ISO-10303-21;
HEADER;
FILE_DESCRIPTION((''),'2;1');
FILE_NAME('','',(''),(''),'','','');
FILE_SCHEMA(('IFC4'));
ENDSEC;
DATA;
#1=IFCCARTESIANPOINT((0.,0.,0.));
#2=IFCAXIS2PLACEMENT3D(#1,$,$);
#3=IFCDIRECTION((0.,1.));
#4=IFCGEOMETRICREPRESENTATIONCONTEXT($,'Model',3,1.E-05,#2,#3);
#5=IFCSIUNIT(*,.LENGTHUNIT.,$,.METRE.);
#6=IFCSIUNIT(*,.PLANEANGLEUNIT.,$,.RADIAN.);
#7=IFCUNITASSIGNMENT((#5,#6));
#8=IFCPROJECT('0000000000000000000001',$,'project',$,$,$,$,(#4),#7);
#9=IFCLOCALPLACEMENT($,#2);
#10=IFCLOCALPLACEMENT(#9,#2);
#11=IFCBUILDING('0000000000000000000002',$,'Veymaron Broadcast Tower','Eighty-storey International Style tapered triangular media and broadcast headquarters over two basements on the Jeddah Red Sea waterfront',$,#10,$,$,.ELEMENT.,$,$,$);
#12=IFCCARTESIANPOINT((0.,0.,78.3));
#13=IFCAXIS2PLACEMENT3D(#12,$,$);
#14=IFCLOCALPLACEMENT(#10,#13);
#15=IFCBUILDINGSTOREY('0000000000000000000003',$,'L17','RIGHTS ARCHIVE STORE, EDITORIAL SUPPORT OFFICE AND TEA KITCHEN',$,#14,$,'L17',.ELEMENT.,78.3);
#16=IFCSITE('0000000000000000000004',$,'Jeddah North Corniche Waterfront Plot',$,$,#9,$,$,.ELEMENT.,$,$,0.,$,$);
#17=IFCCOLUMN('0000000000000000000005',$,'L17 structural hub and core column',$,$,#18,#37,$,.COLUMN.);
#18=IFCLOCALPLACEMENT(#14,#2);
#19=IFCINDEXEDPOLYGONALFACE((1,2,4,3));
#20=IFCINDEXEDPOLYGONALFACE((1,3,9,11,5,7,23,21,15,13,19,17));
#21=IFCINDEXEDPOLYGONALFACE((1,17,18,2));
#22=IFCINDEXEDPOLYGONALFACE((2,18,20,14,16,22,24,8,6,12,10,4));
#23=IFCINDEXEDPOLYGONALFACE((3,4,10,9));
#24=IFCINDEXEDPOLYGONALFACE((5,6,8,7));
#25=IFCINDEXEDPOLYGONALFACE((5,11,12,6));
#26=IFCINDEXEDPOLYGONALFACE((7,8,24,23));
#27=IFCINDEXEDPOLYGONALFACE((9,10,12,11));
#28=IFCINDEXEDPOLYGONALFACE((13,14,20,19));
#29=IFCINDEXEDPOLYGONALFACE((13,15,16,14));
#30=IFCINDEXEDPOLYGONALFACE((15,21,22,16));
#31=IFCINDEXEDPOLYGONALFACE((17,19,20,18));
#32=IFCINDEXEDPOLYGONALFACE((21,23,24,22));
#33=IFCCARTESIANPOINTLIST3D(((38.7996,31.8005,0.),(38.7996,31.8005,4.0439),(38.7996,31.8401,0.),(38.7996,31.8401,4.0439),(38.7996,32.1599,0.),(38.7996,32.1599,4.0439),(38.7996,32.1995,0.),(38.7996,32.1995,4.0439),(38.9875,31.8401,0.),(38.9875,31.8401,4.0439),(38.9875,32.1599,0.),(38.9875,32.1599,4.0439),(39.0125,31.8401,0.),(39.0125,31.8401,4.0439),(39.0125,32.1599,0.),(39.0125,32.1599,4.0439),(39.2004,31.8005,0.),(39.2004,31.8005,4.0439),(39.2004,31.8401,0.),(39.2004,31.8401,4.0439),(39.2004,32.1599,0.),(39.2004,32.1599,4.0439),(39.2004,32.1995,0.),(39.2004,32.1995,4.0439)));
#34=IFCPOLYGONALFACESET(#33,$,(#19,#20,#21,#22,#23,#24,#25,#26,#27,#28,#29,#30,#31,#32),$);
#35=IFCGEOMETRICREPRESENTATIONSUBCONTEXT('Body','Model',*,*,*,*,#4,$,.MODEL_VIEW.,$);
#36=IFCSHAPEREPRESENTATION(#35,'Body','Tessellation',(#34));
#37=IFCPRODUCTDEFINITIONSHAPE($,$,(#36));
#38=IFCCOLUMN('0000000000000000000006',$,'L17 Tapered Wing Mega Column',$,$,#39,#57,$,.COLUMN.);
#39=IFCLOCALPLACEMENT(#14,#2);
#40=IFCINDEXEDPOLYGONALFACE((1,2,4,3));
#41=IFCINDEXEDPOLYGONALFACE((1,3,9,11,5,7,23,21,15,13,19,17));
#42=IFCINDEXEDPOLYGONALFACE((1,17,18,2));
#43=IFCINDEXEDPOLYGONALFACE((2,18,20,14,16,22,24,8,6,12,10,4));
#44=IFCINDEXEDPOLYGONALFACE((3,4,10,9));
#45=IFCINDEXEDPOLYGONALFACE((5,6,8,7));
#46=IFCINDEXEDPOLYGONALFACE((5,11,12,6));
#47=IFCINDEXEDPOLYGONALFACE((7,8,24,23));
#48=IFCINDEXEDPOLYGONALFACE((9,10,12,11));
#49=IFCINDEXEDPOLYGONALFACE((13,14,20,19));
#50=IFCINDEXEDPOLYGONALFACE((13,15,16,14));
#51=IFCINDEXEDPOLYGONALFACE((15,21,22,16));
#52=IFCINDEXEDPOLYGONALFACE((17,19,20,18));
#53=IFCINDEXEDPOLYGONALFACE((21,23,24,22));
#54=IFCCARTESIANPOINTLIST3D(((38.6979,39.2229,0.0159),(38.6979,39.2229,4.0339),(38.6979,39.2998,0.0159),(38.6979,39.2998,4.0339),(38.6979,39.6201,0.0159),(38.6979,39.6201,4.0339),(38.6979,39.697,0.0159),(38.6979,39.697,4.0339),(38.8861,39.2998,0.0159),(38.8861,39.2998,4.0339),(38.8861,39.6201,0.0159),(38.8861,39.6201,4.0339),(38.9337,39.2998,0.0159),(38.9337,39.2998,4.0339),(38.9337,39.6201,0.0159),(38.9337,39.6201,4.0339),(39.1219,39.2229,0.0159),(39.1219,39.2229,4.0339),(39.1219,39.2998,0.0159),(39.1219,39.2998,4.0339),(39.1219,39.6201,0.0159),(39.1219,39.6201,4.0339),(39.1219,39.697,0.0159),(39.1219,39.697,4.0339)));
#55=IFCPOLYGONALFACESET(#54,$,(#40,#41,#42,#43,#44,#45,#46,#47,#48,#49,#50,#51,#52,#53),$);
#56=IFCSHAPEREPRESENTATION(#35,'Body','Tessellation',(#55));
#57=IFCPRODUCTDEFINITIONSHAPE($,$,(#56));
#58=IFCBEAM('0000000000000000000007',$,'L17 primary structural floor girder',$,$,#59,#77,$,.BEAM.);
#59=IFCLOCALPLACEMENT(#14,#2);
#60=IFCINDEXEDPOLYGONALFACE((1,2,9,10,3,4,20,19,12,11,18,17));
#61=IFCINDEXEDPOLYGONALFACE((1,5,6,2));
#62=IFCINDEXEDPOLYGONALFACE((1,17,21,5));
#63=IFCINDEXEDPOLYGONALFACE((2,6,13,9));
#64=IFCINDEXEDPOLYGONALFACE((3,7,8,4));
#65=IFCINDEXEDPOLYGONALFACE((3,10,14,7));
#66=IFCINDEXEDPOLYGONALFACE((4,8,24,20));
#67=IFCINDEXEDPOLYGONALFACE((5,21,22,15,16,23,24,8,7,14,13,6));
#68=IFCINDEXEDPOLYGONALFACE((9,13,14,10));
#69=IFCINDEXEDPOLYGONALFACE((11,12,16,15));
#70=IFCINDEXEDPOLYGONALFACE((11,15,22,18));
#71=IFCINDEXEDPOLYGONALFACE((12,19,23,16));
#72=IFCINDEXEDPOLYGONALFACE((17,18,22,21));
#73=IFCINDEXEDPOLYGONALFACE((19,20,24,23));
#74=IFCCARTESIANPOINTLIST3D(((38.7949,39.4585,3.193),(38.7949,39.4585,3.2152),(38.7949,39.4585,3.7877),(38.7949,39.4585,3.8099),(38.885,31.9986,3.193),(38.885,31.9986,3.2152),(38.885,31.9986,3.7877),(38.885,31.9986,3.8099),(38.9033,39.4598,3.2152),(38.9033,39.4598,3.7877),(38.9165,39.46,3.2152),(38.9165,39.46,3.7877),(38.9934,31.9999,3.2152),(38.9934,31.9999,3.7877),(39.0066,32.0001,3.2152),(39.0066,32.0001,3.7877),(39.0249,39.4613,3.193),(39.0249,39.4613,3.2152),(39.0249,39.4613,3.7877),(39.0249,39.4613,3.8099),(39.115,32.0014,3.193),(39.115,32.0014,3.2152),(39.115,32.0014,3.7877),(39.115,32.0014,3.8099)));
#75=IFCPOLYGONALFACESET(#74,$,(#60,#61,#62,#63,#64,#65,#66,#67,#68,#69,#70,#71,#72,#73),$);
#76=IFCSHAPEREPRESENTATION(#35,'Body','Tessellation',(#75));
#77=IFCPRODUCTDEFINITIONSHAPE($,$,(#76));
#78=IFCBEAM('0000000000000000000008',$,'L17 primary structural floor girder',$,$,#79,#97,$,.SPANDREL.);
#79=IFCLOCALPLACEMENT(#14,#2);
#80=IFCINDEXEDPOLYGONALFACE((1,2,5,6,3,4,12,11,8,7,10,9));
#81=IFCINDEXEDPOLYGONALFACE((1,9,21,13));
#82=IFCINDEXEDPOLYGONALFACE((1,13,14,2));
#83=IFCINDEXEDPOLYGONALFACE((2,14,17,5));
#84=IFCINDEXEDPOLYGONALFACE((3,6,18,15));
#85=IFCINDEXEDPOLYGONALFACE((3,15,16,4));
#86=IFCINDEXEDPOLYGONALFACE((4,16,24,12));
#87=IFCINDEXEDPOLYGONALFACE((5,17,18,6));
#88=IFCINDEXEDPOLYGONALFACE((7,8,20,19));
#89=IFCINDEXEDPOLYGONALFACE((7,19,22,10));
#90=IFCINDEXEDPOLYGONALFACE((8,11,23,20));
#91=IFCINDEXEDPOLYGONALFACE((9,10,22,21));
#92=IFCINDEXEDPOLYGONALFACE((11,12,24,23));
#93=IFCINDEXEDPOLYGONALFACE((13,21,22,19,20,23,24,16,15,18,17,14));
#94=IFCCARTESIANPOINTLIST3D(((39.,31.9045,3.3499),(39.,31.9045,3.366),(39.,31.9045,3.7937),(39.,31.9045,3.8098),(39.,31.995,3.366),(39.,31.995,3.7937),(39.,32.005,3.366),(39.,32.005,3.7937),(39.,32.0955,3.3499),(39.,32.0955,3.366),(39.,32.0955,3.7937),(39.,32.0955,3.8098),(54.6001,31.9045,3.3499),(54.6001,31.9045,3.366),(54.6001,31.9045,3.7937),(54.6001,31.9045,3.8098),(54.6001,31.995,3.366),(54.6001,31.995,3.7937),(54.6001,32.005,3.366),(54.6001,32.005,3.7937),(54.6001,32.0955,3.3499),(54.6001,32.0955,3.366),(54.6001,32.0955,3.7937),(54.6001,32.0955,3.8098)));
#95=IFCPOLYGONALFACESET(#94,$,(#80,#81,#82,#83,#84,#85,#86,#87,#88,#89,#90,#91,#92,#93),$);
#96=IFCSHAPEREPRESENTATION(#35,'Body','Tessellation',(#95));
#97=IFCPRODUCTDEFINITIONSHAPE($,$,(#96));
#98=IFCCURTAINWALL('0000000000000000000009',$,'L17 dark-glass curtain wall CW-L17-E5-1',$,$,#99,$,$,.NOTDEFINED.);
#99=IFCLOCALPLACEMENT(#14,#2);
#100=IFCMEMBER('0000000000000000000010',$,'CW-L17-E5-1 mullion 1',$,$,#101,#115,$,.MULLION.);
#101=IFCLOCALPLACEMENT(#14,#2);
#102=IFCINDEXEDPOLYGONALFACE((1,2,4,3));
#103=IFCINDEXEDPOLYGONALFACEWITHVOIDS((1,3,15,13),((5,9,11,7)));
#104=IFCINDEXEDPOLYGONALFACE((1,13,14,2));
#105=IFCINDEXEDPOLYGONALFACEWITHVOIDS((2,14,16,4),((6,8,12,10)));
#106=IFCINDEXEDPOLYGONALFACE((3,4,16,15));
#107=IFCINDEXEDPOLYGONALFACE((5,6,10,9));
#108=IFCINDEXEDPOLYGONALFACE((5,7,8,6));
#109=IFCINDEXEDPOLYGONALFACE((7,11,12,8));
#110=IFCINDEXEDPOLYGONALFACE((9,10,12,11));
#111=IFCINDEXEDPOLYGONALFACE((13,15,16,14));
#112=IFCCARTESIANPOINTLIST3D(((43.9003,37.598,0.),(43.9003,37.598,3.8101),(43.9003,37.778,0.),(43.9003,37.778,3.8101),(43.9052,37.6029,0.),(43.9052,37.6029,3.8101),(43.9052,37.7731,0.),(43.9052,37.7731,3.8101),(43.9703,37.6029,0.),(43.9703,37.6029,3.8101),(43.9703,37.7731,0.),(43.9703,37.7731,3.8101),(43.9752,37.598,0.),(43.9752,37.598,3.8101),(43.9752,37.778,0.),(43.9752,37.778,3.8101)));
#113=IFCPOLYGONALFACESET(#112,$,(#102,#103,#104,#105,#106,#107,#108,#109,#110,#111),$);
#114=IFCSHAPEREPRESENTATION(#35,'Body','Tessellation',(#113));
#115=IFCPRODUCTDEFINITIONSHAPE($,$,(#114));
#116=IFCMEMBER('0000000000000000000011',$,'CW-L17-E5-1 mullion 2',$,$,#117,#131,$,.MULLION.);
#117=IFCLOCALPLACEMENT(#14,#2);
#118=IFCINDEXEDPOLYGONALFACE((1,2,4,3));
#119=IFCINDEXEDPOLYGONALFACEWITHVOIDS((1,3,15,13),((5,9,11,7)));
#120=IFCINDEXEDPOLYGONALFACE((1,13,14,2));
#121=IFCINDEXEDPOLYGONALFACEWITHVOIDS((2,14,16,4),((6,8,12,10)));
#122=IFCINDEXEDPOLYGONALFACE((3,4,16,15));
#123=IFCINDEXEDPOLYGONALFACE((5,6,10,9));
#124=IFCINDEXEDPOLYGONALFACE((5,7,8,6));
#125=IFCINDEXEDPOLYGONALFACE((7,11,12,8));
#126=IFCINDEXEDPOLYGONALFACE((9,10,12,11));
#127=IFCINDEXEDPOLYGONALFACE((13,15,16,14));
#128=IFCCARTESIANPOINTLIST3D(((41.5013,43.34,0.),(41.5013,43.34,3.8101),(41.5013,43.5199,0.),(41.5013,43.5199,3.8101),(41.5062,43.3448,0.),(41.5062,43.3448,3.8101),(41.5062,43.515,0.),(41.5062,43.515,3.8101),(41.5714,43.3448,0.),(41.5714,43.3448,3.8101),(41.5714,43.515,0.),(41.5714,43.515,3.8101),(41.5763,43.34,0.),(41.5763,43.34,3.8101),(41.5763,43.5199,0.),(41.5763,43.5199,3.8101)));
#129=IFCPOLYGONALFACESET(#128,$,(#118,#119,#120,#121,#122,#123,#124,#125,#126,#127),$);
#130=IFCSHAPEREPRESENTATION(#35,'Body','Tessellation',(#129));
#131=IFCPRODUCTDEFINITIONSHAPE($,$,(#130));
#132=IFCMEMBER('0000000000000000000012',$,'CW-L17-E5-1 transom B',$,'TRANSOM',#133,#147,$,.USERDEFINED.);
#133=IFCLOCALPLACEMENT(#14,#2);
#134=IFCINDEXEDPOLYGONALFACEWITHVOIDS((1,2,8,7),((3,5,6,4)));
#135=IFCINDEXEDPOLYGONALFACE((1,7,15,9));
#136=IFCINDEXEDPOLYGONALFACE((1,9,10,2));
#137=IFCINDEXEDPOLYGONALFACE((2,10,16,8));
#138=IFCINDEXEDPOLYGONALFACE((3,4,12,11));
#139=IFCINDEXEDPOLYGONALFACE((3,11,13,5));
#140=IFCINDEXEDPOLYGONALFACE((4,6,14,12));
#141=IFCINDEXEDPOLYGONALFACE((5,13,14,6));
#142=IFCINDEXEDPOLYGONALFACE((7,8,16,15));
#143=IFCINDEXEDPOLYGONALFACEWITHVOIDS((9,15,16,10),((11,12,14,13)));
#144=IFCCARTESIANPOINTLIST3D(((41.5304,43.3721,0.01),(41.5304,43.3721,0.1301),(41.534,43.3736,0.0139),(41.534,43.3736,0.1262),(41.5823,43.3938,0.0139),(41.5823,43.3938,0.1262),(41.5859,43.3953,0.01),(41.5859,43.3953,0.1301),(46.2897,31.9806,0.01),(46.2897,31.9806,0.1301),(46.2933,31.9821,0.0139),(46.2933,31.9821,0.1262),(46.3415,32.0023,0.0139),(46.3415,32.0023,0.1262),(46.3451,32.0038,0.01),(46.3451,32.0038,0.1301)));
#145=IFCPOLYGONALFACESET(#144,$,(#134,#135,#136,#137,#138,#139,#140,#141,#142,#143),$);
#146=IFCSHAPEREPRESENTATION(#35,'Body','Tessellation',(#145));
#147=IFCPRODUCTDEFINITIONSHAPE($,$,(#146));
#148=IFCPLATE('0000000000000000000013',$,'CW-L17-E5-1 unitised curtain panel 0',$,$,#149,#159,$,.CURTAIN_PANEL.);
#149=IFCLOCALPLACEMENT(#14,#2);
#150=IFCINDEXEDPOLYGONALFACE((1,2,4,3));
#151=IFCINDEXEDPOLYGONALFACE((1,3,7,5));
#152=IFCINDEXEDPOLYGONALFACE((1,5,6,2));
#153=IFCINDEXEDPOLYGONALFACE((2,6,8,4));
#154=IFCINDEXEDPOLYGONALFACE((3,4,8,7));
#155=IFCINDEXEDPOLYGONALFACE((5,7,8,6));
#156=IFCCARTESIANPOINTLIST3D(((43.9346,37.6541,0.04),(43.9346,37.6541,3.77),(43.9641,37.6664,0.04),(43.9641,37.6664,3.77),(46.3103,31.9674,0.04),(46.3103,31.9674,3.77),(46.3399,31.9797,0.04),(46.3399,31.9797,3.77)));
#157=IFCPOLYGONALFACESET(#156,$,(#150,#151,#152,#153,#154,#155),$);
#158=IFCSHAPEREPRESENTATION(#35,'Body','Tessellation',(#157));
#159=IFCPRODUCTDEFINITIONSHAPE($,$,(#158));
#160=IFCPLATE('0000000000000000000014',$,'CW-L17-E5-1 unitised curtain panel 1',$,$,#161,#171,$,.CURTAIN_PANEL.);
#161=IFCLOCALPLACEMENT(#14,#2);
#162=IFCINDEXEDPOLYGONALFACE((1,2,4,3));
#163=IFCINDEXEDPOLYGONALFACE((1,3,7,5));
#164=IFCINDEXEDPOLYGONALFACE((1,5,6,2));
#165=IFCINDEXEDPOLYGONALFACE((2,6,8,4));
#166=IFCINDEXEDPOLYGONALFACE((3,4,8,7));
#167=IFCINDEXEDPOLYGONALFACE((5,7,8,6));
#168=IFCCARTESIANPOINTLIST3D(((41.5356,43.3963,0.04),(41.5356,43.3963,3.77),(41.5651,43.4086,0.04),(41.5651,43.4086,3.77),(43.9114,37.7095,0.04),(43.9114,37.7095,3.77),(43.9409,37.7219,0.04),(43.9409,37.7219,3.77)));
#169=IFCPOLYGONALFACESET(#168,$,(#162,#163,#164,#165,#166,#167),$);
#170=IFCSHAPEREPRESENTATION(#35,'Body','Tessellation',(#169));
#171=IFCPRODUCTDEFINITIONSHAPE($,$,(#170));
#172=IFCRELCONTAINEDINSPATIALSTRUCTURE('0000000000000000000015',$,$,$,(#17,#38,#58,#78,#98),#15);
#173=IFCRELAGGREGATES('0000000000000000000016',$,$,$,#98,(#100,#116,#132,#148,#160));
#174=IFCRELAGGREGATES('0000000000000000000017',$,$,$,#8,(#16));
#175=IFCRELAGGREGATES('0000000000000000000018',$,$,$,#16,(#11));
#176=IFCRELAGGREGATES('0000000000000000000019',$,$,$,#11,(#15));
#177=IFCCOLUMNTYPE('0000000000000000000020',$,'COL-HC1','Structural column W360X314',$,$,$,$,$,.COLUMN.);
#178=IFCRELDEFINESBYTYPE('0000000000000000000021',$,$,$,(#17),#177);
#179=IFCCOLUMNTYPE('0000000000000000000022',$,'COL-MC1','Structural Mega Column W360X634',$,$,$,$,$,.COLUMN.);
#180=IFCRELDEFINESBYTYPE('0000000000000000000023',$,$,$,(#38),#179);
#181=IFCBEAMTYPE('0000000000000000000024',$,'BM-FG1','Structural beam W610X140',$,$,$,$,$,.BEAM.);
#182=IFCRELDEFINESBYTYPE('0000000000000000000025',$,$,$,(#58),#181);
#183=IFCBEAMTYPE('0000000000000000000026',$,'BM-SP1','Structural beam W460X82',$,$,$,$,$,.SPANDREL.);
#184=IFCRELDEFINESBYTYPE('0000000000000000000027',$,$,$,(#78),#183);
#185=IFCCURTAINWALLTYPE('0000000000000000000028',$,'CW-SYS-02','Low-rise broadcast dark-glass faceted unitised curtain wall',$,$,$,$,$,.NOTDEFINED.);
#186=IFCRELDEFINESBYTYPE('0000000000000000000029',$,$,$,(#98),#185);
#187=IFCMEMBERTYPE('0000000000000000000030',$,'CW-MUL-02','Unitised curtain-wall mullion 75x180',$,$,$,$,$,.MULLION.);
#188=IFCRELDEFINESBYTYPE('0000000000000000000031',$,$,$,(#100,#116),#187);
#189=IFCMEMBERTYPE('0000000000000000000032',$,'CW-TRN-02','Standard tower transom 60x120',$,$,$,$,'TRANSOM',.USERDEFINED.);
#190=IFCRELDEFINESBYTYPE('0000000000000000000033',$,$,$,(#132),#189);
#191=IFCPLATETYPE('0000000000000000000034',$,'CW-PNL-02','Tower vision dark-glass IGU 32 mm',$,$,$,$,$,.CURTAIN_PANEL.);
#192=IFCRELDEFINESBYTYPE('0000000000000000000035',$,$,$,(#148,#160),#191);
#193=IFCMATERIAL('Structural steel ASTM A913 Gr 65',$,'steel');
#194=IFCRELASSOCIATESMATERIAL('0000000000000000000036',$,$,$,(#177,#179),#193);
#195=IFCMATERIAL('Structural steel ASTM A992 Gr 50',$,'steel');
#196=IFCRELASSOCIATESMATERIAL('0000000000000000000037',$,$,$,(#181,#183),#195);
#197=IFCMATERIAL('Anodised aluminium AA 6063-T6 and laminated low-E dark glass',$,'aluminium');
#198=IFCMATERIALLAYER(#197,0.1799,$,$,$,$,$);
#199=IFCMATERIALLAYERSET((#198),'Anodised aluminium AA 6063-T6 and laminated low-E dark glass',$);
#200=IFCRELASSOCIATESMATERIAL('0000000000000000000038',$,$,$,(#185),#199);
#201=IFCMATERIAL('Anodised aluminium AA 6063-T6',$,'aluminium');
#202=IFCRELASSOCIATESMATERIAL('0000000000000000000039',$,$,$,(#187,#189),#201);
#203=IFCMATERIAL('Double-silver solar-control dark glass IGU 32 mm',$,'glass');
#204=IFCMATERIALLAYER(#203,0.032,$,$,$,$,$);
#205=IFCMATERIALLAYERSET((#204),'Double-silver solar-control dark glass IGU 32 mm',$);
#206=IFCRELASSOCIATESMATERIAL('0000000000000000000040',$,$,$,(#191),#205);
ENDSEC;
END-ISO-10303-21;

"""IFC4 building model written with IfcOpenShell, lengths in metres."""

from ifc_helpers import new_model, si_unit, direction, frame, origin, origin_2d, place, context, subcontext, project, spatial, rectangle, hollow_rectangle, i_section, extrude, material, layer, layer_set, material_profile, profile_set, type_object, element, aggregate, save


model = new_model("IFC4")

# Units and contexts
model_context = context("Model", 3, precision=1e-05, world=origin(), true_north=direction((0.0, 1.0)))
body_context = subcontext(model_context, "Body", "Model", "MODEL_VIEW")
ifc_project = project(units=[si_unit("LENGTHUNIT", "METRE"), si_unit("PLANEANGLEUNIT", "RADIAN")], contexts=[model_context])

# Site, building, storey
site_placement = place(None, origin())
site = spatial("IfcSite", under=ifc_project, at=site_placement, Name="Jeddah North Corniche Waterfront Plot", CompositionType="ELEMENT", RefElevation=0.0)
building_placement = place(site_placement, origin())
building = spatial("IfcBuilding", under=site, at=building_placement, Name="Veymaron Broadcast Tower", Description="Eighty-storey International Style tapered triangular media and broadcast headquarters over two basements on the Jeddah Red Sea waterfront", CompositionType="ELEMENT")
storey_placement = place(building_placement, frame((0.0, 0.0, 78.3)))
storey = spatial("IfcBuildingStorey", under=building, at=storey_placement, Name="L17", Description="RIGHTS ARCHIVE STORE, EDITORIAL SUPPORT OFFICE AND TEA KITCHEN", LongName="L17", CompositionType="ELEMENT", Elevation=78.3)

# Columns
ifc_material_1 = material(Name="Structural steel ASTM A913 Gr 65", Category="steel")
ifc_material_profile_1 = material_profile(ifc_material_1, i_section(OverallWidth=0.4009, OverallDepth=0.3989, WebThickness=0.0249, FlangeThickness=0.0396, at=origin_2d()), Name="W360X314")
ifc_profile_set_1 = profile_set([ifc_material_profile_1], Name="Structural steel ASTM A913 Gr 65")
column_type_1 = type_object("IfcColumnType", Name="COL-HC1", Description="Structural column W360X314", PredefinedType="COLUMN", material=ifc_profile_set_1)
column_1_placement = place(storey_placement, frame((39.0, 32.0, 0.0), z_axis=(0.0, 0.0, 1.0), x_axis=(1.0, 0.0, 0.0)))
element("IfcColumn", 1, at=column_1_placement, inside=storey, type_object=column_type_1, Name="L17 structural hub and core column", PredefinedType="COLUMN", context=body_context, shape_type="SweptSolid", body=[
    extrude(i_section(OverallWidth=0.4009, OverallDepth=0.3989, WebThickness=0.0249, FlangeThickness=0.0396, at=origin_2d()), origin(), (0.0, 0.0, 1.0), 4.0439),
])
ifc_material_profile_2 = material_profile(ifc_material_1, i_section(OverallWidth=0.4241, OverallDepth=0.4741, WebThickness=0.0476, FlangeThickness=0.0769, at=origin_2d()), Name="W360X634")
ifc_profile_set_2 = profile_set([ifc_material_profile_2], Name="Structural steel ASTM A913 Gr 65")
column_type_2 = type_object("IfcColumnType", Name="COL-MC1", Description="Structural Mega Column W360X634", PredefinedType="COLUMN", material=ifc_profile_set_2)
column_2_placement = place(storey_placement, frame((38.9099, 39.46, 0.0159), z_axis=(0.0, 0.0, 1.0), x_axis=(1.0, 0.0, 0.0)))
element("IfcColumn", 2, at=column_2_placement, inside=storey, type_object=column_type_2, Name="L17 Tapered Wing Mega Column", PredefinedType="COLUMN", context=body_context, shape_type="SweptSolid", body=[
    extrude(i_section(OverallWidth=0.4241, OverallDepth=0.4741, WebThickness=0.0476, FlangeThickness=0.0769, at=origin_2d()), origin(), (0.0, 0.0, 1.0), 4.0181),
])

# Beams
ifc_material_2 = material(Name="Structural steel ASTM A992 Gr 50", Category="steel")
ifc_material_profile_3 = material_profile(ifc_material_2, i_section(OverallWidth=0.23, OverallDepth=0.6169, WebThickness=0.0132, FlangeThickness=0.0222, at=origin_2d()), Name="W610X140")
ifc_profile_set_3 = profile_set([ifc_material_profile_3], Name="Structural steel ASTM A992 Gr 50")
beam_type_1 = type_object("IfcBeamType", Name="BM-FG1", Description="Structural beam W610X140", PredefinedType="BEAM", material=ifc_profile_set_3)
beam_1_placement = place(storey_placement, frame((39.0, 32.0, 3.5015), z_axis=(-0.012075, 0.999927, 0.0), x_axis=(-0.999927, -0.012075, 0.0)))
element("IfcBeam", 3, at=beam_1_placement, inside=storey, type_object=beam_type_1, Name="L17 primary structural floor girder", PredefinedType="BEAM", context=body_context, shape_type="SweptSolid", body=[
    extrude(i_section(OverallWidth=0.23, OverallDepth=0.6169, WebThickness=0.0132, FlangeThickness=0.0222, at=origin_2d()), origin(), (0.0, 0.0, 1.0), 7.4604),
])
ifc_material_profile_4 = material_profile(ifc_material_2, i_section(OverallWidth=0.1909, OverallDepth=0.46, WebThickness=0.01, FlangeThickness=0.0161, at=origin_2d()), Name="W460X82")
ifc_profile_set_4 = profile_set([ifc_material_profile_4], Name="Structural steel ASTM A992 Gr 50")
beam_type_2 = type_object("IfcBeamType", Name="BM-SP1", Description="Structural beam W460X82", PredefinedType="SPANDREL", material=ifc_profile_set_4)
beam_2_placement = place(storey_placement, frame((39.0, 32.0, 3.5798), z_axis=(1.0, 0.0, 0.0), x_axis=(0.0, 1.0, 0.0)))
element("IfcBeam", 4, at=beam_2_placement, inside=storey, type_object=beam_type_2, Name="L17 primary structural floor girder", PredefinedType="SPANDREL", context=body_context, shape_type="SweptSolid", body=[
    extrude(i_section(OverallWidth=0.1909, OverallDepth=0.46, WebThickness=0.01, FlangeThickness=0.0161, at=origin_2d()), origin(), (0.0, 0.0, 1.0), 15.6001),
])

# Curtain wall, members, plates
ifc_material_3 = material(Name="Anodised aluminium AA 6063-T6 and laminated low-E dark glass", Category="aluminium")
ifc_layer_1 = layer(ifc_material_3, 0.1799)
ifc_layer_set_1 = layer_set([ifc_layer_1], Name="Anodised aluminium AA 6063-T6 and laminated low-E dark glass")
curtain_wall_type = type_object("IfcCurtainWallType", Name="CW-SYS-02", Description="Low-rise broadcast dark-glass faceted unitised curtain wall", PredefinedType="NOTDEFINED", material=ifc_layer_set_1)
curtain_wall_placement = place(storey_placement, origin())
curtain_wall = element("IfcCurtainWall", 5, at=curtain_wall_placement, inside=storey, type_object=curtain_wall_type, Name="L17 dark-glass curtain wall CW-L17-E5-1", PredefinedType="NOTDEFINED")
ifc_material_4 = material(Name="Anodised aluminium AA 6063-T6", Category="aluminium")
ifc_material_profile_5 = material_profile(ifc_material_4, hollow_rectangle(XDim=0.075, YDim=0.1799, WallThickness=0.0049, at=origin_2d()), Name="AL180X75X5")
ifc_profile_set_5 = profile_set([ifc_material_profile_5], Name="Anodised aluminium AA 6063-T6")
member_type_1 = type_object("IfcMemberType", Name="CW-MUL-02", Description="Unitised curtain-wall mullion 75x180", PredefinedType="MULLION", material=ifc_profile_set_5)
member_1_placement = place(storey_placement, frame((43.9377, 37.688, 0.0), z_axis=(0.0, 0.0, 1.0), x_axis=(1.0, 0.0, 0.0)))
member_1 = element("IfcMember", 6, at=member_1_placement, type_object=member_type_1, Name="CW-L17-E5-1 mullion 1", PredefinedType="MULLION", context=body_context, shape_type="SweptSolid", body=[
    extrude(hollow_rectangle(XDim=0.075, YDim=0.1799, WallThickness=0.0049, at=origin_2d()), origin(), (0.0, 0.0, 1.0), 3.8101),
])
member_2_placement = place(storey_placement, frame((41.5388, 43.4299, 0.0), z_axis=(0.0, 0.0, 1.0), x_axis=(1.0, 0.0, 0.0)))
member_2 = element("IfcMember", 7, at=member_2_placement, type_object=member_type_1, Name="CW-L17-E5-1 mullion 2", PredefinedType="MULLION", context=body_context, shape_type="SweptSolid", body=[
    extrude(hollow_rectangle(XDim=0.075, YDim=0.1799, WallThickness=0.0049, at=origin_2d()), origin(), (0.0, 0.0, 1.0), 3.8101),
])
ifc_material_profile_6 = material_profile(ifc_material_4, hollow_rectangle(XDim=0.0601, YDim=0.1201, WallThickness=0.0039, at=origin_2d()), Name="AL120X60X4")
ifc_profile_set_6 = profile_set([ifc_material_profile_6], Name="Anodised aluminium AA 6063-T6")
member_type_2 = type_object("IfcMemberType", Name="CW-TRN-02", Description="Standard tower transom 60x120", ElementType="TRANSOM", PredefinedType="USERDEFINED", material=ifc_profile_set_6)
member_3_placement = place(storey_placement, frame((46.3174, 31.9922, 0.0701), z_axis=(-0.385497, 0.922709, 0.0), x_axis=(-0.922709, -0.385497, 0.0)))
member_3 = element("IfcMember", 8, at=member_3_placement, type_object=member_type_2, Name="CW-L17-E5-1 transom B", ObjectType="TRANSOM", PredefinedType="USERDEFINED", context=body_context, shape_type="SweptSolid", body=[
    extrude(hollow_rectangle(XDim=0.0601, YDim=0.1201, WallThickness=0.0039, at=origin_2d()), origin(), (0.0, 0.0, 1.0), 12.3457),
])
ifc_material_5 = material(Name="Double-silver solar-control dark glass IGU 32 mm", Category="glass")
ifc_layer_2 = layer(ifc_material_5, 0.032)
ifc_layer_set_2 = layer_set([ifc_layer_2], Name="Double-silver solar-control dark glass IGU 32 mm")
plate_type = type_object("IfcPlateType", Name="CW-PNL-02", Description="Tower vision dark-glass IGU 32 mm", PredefinedType="CURTAIN_PANEL", material=ifc_layer_set_2)
plate_1_placement = place(storey_placement, frame((45.1372, 34.8169, 0.04), z_axis=(0.0, 0.0, 1.0), x_axis=(-0.385487, 0.922713, 0.0)))
plate_1 = element("IfcPlate", 9, at=plate_1_placement, type_object=plate_type, Name="CW-L17-E5-1 unitised curtain panel 0", PredefinedType="CURTAIN_PANEL", context=body_context, shape_type="SweptSolid", body=[
    extrude(rectangle(XDim=6.1631, YDim=0.032, at=origin_2d()), origin(), (0.0, 0.0, 1.0), 3.73),
])
plate_2_placement = place(storey_placement, frame((42.7383, 40.5591, 0.04), z_axis=(0.0, 0.0, 1.0), x_axis=(-0.385487, 0.922713, 0.0)))
plate_2 = element("IfcPlate", 10, at=plate_2_placement, type_object=plate_type, Name="CW-L17-E5-1 unitised curtain panel 1", PredefinedType="CURTAIN_PANEL", context=body_context, shape_type="SweptSolid", body=[
    extrude(rectangle(XDim=6.1631, YDim=0.032, at=origin_2d()), origin(), (0.0, 0.0, 1.0), 3.73),
])
aggregate(curtain_wall, [member_1, member_2, member_3, plate_1, plate_2])

save(model, "model.ifc")
